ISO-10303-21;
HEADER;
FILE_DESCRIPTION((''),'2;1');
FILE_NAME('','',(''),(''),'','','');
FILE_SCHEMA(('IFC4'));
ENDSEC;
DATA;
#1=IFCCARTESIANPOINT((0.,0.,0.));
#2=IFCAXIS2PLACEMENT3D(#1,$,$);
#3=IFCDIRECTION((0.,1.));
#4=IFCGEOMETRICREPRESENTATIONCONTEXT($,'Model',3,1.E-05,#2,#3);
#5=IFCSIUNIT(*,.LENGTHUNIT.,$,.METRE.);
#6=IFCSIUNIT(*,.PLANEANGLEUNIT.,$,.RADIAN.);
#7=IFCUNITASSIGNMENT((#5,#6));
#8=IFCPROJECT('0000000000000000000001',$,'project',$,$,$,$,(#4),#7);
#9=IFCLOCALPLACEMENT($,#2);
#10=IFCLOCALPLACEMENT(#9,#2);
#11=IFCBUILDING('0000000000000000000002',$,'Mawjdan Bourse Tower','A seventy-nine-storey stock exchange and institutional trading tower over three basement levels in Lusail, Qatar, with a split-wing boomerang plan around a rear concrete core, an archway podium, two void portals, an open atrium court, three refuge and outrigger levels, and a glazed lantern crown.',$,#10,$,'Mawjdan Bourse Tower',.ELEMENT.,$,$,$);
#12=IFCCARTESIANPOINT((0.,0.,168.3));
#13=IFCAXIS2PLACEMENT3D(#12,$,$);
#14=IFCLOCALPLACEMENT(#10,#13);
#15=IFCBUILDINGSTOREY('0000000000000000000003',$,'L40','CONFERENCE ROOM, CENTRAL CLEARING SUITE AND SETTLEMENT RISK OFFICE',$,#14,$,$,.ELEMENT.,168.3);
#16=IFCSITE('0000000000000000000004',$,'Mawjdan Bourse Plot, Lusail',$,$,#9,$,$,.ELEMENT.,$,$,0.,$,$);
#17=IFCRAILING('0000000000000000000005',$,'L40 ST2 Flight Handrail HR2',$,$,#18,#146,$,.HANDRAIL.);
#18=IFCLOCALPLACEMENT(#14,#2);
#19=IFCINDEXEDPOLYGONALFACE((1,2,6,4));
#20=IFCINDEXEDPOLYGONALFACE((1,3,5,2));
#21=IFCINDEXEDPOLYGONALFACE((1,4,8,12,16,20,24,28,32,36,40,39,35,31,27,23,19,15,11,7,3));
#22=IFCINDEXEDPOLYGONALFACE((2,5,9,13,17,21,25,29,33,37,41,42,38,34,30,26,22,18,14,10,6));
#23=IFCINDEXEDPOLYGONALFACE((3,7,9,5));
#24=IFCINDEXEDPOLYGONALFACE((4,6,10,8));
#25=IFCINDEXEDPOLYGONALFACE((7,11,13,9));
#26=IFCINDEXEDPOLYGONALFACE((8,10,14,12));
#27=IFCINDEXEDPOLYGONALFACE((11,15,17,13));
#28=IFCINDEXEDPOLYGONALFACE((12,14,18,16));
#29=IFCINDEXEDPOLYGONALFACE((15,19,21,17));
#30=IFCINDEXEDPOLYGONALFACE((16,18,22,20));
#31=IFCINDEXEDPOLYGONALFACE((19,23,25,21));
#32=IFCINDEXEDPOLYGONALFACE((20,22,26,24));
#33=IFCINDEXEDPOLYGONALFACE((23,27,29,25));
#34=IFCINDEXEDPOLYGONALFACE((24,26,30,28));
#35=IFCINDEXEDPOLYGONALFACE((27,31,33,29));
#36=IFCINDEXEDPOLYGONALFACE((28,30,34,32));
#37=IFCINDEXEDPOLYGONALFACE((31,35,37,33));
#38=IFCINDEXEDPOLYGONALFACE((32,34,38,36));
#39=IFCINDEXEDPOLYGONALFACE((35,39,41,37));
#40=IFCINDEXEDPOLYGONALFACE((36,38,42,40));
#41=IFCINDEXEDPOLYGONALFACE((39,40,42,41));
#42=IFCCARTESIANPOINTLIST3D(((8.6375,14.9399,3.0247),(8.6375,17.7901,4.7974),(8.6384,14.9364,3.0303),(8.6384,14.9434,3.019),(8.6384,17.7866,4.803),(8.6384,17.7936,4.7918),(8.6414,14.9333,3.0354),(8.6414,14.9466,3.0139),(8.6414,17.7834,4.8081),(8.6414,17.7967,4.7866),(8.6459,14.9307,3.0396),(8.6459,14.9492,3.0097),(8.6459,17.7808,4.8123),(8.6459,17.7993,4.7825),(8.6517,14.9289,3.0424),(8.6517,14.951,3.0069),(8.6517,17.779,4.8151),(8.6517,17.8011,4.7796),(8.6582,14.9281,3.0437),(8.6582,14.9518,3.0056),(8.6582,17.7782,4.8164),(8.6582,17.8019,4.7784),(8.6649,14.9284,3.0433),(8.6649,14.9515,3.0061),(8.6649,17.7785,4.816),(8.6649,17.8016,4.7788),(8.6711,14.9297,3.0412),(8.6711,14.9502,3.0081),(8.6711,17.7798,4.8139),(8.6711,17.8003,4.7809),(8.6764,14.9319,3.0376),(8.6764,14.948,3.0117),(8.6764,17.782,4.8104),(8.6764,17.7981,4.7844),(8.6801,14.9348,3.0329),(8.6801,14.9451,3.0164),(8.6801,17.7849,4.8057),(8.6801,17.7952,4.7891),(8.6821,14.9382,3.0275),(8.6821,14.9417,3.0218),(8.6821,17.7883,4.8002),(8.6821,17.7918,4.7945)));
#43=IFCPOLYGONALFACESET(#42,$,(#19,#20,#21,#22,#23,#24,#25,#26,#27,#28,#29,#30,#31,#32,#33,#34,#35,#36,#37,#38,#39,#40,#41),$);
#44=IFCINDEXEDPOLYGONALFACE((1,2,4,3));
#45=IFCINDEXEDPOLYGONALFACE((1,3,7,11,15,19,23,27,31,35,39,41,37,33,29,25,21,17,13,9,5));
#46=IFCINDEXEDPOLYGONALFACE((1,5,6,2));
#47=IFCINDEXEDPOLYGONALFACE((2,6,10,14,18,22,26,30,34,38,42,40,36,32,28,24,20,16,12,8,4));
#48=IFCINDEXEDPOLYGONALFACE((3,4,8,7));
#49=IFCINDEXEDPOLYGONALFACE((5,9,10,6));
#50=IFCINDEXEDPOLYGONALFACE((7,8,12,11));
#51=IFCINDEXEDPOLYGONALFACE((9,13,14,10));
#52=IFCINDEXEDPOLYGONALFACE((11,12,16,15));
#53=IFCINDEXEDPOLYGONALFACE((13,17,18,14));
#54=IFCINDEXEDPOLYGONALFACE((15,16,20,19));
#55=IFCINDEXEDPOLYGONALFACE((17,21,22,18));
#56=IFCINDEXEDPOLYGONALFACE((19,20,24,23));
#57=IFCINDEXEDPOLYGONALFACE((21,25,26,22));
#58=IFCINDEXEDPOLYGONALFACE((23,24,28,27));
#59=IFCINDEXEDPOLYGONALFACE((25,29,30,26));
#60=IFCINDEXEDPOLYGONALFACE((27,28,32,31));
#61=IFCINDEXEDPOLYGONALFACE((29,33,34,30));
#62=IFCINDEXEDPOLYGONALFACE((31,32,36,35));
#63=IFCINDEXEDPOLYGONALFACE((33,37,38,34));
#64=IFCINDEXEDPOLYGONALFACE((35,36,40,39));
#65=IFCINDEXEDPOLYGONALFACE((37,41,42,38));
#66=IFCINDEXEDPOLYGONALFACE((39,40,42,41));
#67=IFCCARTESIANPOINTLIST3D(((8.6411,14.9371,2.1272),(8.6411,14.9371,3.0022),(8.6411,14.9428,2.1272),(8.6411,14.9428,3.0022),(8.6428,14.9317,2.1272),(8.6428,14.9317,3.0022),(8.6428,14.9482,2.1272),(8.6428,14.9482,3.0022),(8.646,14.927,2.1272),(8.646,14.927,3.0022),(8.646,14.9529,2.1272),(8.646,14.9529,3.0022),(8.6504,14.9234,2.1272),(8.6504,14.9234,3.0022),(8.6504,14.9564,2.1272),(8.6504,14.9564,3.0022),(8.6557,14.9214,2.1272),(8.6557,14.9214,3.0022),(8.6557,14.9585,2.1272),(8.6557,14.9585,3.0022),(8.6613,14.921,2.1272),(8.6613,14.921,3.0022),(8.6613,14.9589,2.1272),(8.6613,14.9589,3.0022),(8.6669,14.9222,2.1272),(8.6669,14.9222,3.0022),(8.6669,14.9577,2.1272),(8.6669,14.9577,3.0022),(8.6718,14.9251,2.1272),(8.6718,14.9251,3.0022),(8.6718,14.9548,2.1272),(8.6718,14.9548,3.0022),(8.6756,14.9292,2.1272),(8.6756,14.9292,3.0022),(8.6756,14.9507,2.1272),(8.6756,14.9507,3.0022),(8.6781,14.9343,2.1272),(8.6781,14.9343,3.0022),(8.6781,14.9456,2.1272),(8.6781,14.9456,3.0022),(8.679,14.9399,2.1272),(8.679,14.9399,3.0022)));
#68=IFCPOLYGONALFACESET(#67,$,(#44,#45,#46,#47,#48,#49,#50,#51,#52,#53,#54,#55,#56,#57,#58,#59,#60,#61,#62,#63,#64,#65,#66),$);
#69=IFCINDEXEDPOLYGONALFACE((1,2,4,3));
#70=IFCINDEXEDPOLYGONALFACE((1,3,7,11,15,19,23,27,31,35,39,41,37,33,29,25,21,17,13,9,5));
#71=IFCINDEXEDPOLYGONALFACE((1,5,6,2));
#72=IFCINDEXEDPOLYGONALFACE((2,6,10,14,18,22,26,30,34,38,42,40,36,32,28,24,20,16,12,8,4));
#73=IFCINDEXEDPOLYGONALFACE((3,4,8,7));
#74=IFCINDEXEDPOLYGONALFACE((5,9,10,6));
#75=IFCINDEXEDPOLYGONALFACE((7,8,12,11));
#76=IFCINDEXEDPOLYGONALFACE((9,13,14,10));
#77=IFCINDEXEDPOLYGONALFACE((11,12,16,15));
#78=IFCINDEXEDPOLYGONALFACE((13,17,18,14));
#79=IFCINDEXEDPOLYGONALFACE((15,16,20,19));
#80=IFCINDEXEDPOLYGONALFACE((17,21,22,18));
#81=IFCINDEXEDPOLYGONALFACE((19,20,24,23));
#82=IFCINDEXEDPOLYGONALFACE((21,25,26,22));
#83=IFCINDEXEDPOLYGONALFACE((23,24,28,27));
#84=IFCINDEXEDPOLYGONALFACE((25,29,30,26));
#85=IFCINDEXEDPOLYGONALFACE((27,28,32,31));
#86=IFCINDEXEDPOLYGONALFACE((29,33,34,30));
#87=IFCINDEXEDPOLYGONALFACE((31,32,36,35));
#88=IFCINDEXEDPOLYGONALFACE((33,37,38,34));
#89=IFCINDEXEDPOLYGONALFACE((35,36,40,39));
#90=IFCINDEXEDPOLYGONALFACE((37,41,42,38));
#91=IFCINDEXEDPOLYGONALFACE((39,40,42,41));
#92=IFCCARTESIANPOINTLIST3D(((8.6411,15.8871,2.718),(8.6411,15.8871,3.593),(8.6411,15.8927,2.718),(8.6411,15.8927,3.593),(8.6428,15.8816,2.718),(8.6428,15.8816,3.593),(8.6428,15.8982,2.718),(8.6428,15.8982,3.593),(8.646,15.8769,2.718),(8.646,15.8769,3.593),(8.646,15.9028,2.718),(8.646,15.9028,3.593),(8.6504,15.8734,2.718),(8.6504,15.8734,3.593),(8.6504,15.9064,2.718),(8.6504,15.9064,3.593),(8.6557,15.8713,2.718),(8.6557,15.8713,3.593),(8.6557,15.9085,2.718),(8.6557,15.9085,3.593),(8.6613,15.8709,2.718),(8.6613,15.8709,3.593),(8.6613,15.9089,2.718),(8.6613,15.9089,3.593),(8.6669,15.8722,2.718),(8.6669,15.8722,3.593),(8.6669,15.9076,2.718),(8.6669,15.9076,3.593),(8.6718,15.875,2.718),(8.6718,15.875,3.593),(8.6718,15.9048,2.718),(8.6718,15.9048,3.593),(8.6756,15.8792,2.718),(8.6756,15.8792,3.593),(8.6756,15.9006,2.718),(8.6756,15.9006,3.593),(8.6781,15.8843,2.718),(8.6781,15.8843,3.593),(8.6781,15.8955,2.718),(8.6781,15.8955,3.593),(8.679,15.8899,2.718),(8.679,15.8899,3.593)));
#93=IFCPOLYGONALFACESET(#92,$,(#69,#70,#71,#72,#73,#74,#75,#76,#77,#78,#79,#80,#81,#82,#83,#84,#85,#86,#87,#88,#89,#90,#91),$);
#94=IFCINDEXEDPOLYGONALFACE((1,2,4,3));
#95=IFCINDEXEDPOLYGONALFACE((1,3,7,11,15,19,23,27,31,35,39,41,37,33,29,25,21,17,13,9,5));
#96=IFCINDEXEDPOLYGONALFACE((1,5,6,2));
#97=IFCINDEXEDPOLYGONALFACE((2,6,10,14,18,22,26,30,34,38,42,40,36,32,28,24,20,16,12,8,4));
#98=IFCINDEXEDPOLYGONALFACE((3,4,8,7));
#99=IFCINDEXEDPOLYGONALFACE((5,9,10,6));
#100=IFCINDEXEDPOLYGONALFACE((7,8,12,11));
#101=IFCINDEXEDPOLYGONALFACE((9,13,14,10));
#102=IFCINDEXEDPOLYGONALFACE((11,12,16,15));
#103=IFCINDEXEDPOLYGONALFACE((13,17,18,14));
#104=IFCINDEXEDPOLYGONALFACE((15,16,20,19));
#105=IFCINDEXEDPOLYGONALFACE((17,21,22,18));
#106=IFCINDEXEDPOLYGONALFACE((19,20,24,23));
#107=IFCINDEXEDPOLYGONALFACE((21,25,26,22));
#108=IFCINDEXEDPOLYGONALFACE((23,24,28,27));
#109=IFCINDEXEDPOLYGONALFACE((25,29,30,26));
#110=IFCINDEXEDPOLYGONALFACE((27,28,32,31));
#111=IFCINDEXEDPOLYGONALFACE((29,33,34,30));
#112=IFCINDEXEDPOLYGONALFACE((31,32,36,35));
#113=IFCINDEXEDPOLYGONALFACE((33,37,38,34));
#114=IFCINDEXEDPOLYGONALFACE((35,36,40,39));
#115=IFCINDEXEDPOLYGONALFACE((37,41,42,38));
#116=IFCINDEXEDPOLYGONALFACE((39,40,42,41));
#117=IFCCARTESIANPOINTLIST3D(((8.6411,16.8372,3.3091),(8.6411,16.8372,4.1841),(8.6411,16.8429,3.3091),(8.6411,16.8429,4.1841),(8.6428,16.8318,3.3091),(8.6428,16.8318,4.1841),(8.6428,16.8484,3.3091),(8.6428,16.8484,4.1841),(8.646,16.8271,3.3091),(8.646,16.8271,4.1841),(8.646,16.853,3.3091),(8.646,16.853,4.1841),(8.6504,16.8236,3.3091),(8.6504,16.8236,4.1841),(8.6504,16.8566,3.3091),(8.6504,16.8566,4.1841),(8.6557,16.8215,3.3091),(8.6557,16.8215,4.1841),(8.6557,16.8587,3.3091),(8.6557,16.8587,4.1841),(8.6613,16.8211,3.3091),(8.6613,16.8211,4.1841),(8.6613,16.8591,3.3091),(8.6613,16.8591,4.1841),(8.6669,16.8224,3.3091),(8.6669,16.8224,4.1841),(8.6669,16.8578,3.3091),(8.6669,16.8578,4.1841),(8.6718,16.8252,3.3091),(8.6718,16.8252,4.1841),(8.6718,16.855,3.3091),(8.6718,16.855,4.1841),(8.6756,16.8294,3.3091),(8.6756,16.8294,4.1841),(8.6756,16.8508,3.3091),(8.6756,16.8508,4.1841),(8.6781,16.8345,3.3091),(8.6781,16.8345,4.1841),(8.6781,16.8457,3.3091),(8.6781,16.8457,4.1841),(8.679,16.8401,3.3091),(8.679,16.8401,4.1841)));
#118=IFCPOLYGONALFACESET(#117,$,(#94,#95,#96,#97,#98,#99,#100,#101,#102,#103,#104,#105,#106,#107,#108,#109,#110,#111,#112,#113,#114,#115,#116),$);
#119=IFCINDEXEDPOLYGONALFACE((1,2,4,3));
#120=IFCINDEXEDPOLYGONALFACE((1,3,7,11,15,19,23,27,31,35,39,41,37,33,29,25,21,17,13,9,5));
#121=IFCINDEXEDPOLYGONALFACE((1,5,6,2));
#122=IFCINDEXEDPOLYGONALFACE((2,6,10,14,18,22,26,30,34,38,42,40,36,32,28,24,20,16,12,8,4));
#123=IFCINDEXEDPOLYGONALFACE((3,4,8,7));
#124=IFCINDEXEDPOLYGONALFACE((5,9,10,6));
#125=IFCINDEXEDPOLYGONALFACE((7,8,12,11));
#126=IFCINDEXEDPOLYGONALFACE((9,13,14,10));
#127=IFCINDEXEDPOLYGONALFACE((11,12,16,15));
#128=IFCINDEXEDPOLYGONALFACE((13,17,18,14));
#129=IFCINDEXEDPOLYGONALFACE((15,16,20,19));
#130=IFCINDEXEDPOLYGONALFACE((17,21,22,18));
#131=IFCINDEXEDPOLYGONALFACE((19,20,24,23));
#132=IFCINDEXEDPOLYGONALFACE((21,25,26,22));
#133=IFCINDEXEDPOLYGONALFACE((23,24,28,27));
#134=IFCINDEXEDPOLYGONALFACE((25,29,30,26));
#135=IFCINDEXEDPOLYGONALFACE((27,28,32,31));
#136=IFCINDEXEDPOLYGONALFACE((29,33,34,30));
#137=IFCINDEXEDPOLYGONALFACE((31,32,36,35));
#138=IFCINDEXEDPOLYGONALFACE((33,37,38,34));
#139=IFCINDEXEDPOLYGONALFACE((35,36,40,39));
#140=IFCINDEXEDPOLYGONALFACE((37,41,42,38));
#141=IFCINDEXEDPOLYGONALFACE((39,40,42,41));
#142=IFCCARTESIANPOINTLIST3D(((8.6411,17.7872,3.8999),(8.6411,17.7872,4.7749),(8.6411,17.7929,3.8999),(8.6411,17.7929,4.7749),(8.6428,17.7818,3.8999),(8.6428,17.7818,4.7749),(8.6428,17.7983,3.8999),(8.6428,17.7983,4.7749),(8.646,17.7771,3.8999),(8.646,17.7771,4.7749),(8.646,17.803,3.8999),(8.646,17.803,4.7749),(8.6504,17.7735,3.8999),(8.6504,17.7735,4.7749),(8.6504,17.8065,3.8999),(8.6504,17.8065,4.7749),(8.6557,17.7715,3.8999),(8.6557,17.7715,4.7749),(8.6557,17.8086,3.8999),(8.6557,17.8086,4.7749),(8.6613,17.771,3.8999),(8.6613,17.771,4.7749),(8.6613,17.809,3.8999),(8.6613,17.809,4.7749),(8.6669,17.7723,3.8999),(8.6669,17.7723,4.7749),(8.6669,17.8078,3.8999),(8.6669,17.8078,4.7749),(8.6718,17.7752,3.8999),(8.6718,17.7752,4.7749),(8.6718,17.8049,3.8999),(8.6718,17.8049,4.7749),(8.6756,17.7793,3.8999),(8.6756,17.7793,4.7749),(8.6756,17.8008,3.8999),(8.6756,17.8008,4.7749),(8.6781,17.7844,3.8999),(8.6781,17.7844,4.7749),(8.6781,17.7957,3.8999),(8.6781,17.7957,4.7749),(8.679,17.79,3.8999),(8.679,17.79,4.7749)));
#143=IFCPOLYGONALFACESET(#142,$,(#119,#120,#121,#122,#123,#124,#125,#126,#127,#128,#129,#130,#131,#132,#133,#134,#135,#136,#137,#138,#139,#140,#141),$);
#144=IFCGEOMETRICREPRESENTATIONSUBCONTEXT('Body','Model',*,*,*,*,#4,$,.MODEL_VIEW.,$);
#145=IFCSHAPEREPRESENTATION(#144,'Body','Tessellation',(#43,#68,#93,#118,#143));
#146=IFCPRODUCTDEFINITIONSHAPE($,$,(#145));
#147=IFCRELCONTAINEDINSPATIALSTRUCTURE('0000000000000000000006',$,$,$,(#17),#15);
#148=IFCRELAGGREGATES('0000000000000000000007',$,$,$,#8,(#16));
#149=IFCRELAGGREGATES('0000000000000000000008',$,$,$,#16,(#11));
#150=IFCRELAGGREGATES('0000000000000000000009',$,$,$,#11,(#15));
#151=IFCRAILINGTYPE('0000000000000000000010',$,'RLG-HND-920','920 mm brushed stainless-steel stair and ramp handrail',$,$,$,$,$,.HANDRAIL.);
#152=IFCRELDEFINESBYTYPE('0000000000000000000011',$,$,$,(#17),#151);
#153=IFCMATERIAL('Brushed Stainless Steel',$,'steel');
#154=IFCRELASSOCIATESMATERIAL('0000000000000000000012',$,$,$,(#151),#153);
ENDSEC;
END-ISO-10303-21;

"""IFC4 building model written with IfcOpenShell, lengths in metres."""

from ifc_helpers import new_model, si_unit, direction, frame, origin, origin_2d, place, context, subcontext, project, spatial, circle, extrude, material, type_object, element, save


model = new_model("IFC4")

# Units and contexts
model_context = context("Model", 3, precision=1e-05, world=origin(), true_north=direction((0.0, 1.0)))
body_context = subcontext(model_context, "Body", "Model", "MODEL_VIEW")
ifc_project = project(units=[si_unit("LENGTHUNIT", "METRE"), si_unit("PLANEANGLEUNIT", "RADIAN")], contexts=[model_context])

# Site, building, storey
site_placement = place(None, origin())
site = spatial("IfcSite", under=ifc_project, at=site_placement, Name="Mawjdan Bourse Plot, Lusail", CompositionType="ELEMENT", RefElevation=0.0)
building_placement = place(site_placement, origin())
building = spatial("IfcBuilding", under=site, at=building_placement, Name="Mawjdan Bourse Tower", Description="A seventy-nine-storey stock exchange and institutional trading tower over three basement levels in Lusail, Qatar, with a split-wing boomerang plan around a rear concrete core, an archway podium, two void portals, an open atrium court, three refuge and outrigger levels, and a glazed lantern crown.", LongName="Mawjdan Bourse Tower", CompositionType="ELEMENT")
storey_placement = place(building_placement, frame((0.0, 0.0, 168.3)))
storey = spatial("IfcBuildingStorey", under=building, at=storey_placement, Name="L40", Description="CONFERENCE ROOM, CENTRAL CLEARING SUITE AND SETTLEMENT RISK OFFICE", CompositionType="ELEMENT", Elevation=168.3)

# Shared definitions
ifc_material_1 = material(Name="Brushed Stainless Steel", Category="steel")

# Railing
railing_type_1 = type_object("IfcRailingType", Name="RLG-HND-920", Description="920 mm brushed stainless-steel stair and ramp handrail", PredefinedType="HANDRAIL", material=ifc_material_1)
railing_placement = place(storey_placement, frame((8.6599, 14.9399, 2.1272)))
element("IfcRailing", 1, at=railing_placement, inside=storey, type_object=railing_type_1, Name="L40 ST2 Flight Handrail HR2", PredefinedType="HANDRAIL", context=body_context, shape_type="SweptSolid", body=[
    extrude(circle(Radius=0.0225, at=origin_2d()), frame((0.0, 0.0, 0.8975), z_axis=(0.0, 0.849149, 0.528154), x_axis=(-1.0, 0.0, 0.0)), (0.0, 0.0, 1.0), 3.3564),
    extrude(circle(Radius=0.019, at=origin_2d()), origin(), (0.0, 0.0, 1.0), 0.875),
    extrude(circle(Radius=0.019, at=origin_2d()), frame((0.0, 0.95, 0.5908)), (0.0, 0.0, 1.0), 0.875),
    extrude(circle(Radius=0.019, at=origin_2d()), frame((0.0, 1.9001, 1.1819)), (0.0, 0.0, 1.0), 0.875),
    extrude(circle(Radius=0.019, at=origin_2d()), frame((0.0, 2.8501, 1.7727)), (0.0, 0.0, 1.0), 0.875),
])

save(model, "model.ifc")
